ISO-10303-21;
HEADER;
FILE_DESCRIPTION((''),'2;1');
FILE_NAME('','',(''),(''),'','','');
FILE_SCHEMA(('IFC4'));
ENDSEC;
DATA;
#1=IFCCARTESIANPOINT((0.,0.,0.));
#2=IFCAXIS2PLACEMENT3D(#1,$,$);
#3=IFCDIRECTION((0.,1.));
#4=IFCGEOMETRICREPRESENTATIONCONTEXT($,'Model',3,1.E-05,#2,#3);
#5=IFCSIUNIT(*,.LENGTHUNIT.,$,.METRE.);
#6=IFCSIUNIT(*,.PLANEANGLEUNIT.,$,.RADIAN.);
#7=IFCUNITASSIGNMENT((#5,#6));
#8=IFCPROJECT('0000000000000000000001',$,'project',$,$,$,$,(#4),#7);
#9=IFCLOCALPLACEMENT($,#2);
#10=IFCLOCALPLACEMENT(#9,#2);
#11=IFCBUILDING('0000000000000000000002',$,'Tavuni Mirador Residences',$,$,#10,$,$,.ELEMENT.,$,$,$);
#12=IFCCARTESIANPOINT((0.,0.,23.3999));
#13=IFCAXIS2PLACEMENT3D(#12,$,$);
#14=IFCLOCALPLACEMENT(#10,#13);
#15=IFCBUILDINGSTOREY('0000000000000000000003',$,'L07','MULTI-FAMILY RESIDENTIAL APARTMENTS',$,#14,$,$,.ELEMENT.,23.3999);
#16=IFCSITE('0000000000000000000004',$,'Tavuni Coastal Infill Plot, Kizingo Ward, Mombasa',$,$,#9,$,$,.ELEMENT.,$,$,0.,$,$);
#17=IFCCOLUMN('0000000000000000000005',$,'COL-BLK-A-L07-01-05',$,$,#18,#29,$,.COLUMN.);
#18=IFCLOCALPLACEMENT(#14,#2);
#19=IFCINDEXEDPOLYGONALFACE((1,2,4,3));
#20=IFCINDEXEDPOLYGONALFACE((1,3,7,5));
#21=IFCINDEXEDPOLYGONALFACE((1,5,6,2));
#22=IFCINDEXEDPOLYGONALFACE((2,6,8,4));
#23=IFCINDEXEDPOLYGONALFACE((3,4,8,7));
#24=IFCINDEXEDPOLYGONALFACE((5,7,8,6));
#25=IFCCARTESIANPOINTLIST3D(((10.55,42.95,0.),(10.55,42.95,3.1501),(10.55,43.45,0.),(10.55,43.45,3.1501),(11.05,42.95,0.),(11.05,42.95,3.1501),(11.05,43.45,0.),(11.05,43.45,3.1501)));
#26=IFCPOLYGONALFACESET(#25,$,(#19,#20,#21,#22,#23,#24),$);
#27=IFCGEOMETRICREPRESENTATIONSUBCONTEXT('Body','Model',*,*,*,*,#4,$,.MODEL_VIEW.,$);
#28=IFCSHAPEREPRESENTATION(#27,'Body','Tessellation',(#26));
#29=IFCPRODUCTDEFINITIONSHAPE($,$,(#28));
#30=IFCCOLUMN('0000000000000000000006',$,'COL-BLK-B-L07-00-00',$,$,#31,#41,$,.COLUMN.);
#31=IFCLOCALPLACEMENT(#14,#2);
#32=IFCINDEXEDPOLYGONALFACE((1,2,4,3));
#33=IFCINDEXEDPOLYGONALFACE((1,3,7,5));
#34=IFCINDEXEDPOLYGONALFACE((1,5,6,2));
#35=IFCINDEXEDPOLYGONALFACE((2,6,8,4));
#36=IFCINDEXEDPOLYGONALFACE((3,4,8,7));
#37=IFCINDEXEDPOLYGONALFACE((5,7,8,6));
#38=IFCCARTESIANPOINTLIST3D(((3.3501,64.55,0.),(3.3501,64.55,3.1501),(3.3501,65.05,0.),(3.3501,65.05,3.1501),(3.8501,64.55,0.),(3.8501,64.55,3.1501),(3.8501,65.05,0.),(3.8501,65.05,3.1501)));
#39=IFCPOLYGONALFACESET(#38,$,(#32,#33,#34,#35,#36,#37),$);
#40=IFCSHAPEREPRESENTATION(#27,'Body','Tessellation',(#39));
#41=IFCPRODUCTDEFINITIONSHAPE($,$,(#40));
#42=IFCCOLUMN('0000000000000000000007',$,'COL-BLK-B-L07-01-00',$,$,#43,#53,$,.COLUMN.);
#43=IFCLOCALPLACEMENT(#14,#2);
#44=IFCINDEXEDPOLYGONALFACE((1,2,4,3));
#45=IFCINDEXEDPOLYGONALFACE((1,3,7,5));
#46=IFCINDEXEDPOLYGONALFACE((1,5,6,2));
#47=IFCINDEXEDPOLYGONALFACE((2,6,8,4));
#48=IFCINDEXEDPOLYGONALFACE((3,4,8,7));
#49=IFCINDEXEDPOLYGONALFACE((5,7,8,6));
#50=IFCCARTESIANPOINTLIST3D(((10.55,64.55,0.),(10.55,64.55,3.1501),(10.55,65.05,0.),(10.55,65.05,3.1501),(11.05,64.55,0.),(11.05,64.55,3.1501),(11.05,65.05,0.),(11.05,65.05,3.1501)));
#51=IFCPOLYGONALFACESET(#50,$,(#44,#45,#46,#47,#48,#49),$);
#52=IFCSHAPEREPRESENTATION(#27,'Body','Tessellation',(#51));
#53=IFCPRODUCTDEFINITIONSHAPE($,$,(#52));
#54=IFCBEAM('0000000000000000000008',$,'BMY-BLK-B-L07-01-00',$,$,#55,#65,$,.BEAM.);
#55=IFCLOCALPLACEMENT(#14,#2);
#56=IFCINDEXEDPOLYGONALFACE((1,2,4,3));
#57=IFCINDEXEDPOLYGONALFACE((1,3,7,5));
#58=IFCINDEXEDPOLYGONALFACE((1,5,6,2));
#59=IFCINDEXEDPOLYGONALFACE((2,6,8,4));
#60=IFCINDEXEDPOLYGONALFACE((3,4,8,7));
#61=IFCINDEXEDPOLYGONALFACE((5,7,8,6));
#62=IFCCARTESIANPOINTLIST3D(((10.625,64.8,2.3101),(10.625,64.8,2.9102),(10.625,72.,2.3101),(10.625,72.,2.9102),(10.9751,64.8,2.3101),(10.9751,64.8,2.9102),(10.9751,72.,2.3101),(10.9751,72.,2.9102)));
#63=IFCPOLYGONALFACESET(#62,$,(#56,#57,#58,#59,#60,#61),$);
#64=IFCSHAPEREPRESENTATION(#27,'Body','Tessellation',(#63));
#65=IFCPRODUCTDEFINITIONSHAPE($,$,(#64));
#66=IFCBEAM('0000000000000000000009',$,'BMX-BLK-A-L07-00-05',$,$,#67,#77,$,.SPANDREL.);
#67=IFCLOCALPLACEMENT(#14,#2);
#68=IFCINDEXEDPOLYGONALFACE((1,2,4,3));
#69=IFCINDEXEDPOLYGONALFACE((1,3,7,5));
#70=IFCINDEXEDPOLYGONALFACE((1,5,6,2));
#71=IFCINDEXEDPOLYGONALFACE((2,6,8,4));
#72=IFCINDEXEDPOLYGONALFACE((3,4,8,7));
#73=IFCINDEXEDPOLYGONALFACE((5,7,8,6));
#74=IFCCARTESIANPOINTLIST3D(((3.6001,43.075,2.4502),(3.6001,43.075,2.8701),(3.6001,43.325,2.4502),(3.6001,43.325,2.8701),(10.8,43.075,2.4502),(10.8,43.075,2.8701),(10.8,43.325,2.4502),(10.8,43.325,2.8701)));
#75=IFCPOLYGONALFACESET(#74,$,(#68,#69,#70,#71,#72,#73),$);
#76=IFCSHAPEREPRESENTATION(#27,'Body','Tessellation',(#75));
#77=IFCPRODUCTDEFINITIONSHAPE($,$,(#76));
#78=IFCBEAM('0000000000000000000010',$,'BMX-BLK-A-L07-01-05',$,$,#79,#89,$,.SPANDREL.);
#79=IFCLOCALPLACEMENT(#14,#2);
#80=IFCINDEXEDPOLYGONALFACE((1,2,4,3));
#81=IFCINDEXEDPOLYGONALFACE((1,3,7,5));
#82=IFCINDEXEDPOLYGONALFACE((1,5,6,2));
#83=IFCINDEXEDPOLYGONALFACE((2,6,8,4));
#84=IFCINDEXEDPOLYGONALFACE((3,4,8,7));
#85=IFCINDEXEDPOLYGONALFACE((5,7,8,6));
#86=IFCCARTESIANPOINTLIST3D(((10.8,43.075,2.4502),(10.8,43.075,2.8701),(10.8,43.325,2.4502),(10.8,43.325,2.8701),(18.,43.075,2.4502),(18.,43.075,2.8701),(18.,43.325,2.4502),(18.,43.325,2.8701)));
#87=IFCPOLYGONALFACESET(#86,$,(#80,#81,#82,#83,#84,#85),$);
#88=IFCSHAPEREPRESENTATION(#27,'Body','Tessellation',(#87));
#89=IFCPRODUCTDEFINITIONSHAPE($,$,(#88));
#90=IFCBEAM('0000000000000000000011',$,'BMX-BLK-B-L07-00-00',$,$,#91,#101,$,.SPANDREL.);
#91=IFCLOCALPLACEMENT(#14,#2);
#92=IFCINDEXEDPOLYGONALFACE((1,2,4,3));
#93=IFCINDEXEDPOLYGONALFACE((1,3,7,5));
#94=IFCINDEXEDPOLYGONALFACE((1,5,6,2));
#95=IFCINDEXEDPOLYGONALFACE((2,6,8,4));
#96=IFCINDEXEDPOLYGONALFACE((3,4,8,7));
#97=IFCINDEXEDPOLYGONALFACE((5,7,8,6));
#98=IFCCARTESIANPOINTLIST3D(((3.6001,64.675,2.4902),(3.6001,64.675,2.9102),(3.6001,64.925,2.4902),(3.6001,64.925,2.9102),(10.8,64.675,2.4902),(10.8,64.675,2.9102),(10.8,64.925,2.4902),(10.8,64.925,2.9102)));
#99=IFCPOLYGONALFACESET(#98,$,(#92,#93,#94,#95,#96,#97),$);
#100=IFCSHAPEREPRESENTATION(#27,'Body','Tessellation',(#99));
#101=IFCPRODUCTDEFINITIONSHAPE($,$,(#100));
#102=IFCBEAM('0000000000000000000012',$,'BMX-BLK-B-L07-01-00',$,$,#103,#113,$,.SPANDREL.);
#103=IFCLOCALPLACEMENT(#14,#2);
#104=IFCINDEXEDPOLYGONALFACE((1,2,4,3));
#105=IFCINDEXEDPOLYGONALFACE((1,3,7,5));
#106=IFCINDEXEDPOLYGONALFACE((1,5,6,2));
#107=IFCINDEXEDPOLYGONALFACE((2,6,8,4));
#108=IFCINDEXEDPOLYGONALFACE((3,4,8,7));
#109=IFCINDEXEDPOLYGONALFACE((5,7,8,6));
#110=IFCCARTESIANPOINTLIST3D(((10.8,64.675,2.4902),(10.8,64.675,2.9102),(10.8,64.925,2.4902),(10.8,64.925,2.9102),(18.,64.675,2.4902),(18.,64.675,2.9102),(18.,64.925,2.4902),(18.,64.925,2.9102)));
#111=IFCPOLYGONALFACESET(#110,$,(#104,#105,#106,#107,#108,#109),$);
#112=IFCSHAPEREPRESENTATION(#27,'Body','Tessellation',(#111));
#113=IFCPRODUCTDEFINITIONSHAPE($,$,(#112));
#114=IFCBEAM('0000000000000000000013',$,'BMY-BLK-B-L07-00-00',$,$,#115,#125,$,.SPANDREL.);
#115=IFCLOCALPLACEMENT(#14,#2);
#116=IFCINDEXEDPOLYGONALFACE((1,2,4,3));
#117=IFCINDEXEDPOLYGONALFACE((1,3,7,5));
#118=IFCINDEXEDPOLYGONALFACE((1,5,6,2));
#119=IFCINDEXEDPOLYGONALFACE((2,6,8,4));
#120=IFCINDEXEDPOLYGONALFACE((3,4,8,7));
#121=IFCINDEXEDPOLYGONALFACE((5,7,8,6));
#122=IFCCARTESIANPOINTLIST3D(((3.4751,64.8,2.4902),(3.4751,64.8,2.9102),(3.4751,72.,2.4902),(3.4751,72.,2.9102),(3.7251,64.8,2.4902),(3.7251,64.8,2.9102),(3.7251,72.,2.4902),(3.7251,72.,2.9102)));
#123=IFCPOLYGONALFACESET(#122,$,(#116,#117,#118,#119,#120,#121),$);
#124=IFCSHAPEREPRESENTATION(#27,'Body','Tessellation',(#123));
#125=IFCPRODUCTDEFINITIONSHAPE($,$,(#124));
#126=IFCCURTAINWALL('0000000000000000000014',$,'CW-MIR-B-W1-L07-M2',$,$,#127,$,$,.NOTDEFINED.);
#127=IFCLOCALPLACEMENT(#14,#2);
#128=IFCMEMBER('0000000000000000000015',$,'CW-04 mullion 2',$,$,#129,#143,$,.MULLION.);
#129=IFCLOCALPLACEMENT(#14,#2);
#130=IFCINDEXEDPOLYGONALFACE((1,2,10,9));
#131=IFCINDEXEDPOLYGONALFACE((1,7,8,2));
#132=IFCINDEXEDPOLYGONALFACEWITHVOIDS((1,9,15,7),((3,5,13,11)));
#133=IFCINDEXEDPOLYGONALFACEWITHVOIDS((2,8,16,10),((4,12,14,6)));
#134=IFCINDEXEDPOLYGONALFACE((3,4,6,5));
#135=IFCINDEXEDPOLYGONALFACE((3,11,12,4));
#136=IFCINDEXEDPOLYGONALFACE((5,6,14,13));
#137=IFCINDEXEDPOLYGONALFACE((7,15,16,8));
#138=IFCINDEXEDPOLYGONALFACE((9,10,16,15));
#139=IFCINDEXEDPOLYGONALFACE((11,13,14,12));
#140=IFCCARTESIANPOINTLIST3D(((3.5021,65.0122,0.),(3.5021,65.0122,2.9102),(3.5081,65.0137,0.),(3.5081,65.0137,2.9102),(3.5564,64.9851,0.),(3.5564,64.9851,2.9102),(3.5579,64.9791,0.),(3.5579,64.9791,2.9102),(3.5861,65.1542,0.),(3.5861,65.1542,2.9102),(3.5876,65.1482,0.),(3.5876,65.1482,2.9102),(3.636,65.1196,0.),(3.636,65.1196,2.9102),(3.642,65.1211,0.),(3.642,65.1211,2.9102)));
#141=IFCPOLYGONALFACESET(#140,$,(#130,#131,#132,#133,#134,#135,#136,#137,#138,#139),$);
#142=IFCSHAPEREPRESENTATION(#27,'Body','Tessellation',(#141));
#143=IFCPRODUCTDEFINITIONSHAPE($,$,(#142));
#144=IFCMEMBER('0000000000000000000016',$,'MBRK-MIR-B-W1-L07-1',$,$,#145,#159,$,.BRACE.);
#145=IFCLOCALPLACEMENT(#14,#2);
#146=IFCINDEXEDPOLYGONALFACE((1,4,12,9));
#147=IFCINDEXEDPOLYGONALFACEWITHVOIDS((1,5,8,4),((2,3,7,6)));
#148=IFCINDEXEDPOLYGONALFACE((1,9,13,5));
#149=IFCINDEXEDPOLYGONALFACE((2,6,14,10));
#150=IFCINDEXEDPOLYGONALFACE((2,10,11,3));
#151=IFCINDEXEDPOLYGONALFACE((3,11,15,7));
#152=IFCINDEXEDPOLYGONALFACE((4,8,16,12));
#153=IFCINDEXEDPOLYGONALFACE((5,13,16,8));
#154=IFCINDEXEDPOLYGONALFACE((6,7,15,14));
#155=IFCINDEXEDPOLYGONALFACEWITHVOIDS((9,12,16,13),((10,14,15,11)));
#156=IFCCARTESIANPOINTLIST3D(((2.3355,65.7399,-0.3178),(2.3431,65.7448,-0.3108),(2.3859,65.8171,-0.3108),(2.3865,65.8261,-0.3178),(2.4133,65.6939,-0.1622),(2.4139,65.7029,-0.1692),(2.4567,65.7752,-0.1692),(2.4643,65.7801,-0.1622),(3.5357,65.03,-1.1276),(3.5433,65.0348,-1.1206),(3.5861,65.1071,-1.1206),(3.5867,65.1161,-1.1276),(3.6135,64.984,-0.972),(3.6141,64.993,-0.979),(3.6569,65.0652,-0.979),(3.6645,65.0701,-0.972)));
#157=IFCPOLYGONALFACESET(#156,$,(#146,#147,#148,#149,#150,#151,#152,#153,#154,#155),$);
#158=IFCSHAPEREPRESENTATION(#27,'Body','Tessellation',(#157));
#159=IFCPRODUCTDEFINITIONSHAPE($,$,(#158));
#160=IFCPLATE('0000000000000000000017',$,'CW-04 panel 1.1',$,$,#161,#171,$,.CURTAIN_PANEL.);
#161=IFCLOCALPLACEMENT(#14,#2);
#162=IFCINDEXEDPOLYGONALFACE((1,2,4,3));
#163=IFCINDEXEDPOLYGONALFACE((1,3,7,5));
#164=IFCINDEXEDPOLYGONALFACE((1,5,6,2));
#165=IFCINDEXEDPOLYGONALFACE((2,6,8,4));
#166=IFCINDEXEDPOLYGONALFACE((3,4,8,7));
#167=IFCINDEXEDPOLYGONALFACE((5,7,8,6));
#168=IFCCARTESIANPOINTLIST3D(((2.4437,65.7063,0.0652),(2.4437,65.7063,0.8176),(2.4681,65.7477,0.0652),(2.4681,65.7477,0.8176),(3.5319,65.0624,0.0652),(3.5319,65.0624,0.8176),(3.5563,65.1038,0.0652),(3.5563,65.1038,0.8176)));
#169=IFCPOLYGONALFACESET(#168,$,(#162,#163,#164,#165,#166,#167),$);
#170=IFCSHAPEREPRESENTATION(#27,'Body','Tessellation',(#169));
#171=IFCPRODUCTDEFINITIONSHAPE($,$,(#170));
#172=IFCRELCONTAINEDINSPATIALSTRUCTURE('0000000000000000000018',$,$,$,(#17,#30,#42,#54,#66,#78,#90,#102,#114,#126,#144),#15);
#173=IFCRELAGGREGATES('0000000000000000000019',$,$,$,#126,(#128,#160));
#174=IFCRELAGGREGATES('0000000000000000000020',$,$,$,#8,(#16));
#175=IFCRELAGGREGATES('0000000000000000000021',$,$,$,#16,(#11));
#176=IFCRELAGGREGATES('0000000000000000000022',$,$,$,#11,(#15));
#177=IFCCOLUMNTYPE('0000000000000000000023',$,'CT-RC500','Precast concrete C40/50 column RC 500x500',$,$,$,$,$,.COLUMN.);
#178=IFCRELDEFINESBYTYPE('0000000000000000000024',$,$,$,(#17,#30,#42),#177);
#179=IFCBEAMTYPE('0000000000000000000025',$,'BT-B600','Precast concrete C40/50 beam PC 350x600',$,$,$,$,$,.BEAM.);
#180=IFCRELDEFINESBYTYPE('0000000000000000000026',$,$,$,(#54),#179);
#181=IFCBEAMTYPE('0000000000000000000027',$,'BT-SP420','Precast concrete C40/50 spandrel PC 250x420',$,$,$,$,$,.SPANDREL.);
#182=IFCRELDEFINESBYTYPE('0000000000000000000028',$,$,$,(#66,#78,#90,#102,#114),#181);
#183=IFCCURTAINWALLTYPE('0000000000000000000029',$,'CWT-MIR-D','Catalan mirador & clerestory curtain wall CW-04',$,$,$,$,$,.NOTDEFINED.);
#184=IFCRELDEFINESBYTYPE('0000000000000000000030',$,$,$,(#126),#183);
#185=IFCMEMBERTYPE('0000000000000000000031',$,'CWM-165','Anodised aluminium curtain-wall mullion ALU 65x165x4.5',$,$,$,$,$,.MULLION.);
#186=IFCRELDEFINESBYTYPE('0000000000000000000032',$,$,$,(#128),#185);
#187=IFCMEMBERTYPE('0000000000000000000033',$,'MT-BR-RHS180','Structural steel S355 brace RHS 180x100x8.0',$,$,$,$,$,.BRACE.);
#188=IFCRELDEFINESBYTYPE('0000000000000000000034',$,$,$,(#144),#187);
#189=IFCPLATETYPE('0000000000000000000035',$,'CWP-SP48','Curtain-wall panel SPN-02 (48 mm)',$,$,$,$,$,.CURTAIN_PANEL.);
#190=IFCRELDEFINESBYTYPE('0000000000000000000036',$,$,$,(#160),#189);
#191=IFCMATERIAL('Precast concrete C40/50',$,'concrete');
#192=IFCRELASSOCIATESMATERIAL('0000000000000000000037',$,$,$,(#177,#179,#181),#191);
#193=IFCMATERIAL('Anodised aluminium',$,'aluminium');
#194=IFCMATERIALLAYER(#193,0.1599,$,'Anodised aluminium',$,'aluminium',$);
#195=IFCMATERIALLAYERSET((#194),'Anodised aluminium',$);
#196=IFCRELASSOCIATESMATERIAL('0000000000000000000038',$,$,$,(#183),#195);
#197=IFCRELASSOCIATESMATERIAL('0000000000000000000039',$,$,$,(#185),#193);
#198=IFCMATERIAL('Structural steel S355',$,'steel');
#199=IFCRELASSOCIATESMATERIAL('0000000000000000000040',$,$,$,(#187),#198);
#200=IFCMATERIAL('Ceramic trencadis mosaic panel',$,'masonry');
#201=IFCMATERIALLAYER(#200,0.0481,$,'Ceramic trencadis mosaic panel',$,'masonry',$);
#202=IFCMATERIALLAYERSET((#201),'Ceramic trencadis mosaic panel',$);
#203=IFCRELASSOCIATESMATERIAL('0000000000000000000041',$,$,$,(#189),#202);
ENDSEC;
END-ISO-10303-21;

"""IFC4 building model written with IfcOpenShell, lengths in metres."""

from ifc_helpers import new_model, si_unit, direction, frame, origin, origin_2d, place, context, subcontext, project, spatial, rectangle, hollow_rectangle, extrude, material, layer, layer_set, material_profile, profile_set, type_object, element, aggregate, save


model = new_model("IFC4")

# Units and contexts
model_context = context("Model", 3, precision=1e-05, world=origin(), true_north=direction((0.0, 1.0)))
body_context = subcontext(model_context, "Body", "Model", "MODEL_VIEW")
ifc_project = project(units=[si_unit("LENGTHUNIT", "METRE"), si_unit("PLANEANGLEUNIT", "RADIAN")], contexts=[model_context])

# Site, building, storey
site_placement = place(None, origin())
site = spatial("IfcSite", under=ifc_project, at=site_placement, Name="Tavuni Coastal Infill Plot, Kizingo Ward, Mombasa", CompositionType="ELEMENT", RefElevation=0.0)
building_placement = place(site_placement, origin())
building = spatial("IfcBuilding", under=site, at=building_placement, Name="Tavuni Mirador Residences", CompositionType="ELEMENT")
storey_placement = place(building_placement, frame((0.0, 0.0, 23.3999)))
storey = spatial("IfcBuildingStorey", under=building, at=storey_placement, Name="L07", Description="MULTI-FAMILY RESIDENTIAL APARTMENTS", CompositionType="ELEMENT", Elevation=23.3999)

# Columns
ifc_material_1 = material(Name="Precast concrete C40/50", Category="concrete")
ifc_material_profile_1 = material_profile(ifc_material_1, rectangle(XDim=0.5, YDim=0.5, at=origin_2d()), Name="RC 500x500", Category="concrete")
ifc_profile_set_1 = profile_set([ifc_material_profile_1], Name="Precast concrete C40/50")
column_type = type_object("IfcColumnType", Name="CT-RC500", Description="Precast concrete C40/50 column RC 500x500", PredefinedType="COLUMN", material=ifc_profile_set_1)
for number, where, z_axis, x_axis, name in (
    (1, (10.8, 43.2, 0.0), (0.0, 0.0, 1.0), (1.0, 0.0, 0.0), "COL-BLK-A-L07-01-05"),
    (2, (3.6001, 64.8, 0.0), (0.0, 0.0, 1.0), (1.0, 0.0, 0.0), "COL-BLK-B-L07-00-00"),
    (3, (10.8, 64.8, 0.0), (0.0, 0.0, 1.0), (1.0, 0.0, 0.0), "COL-BLK-B-L07-01-00"),
):
    element("IfcColumn", number, at=place(storey_placement, frame(where, z_axis=z_axis, x_axis=x_axis)), inside=storey, type_object=column_type, Name=name, PredefinedType="COLUMN", context=body_context, shape_type="SweptSolid", body=[
        extrude(rectangle(XDim=0.5, YDim=0.5, at=origin_2d()), origin(), (0.0, 0.0, 1.0), 3.1501),
    ])

# Beams
ifc_material_profile_2 = material_profile(ifc_material_1, rectangle(XDim=0.3501, YDim=0.6001, at=origin_2d()), Name="PC 350x600", Category="concrete")
ifc_profile_set_2 = profile_set([ifc_material_profile_2], Name="Precast concrete C40/50")
beam_type_1 = type_object("IfcBeamType", Name="BT-B600", Description="Precast concrete C40/50 beam PC 350x600", PredefinedType="BEAM", material=ifc_profile_set_2)
beam_placement = place(storey_placement, frame((10.8, 64.8, 2.6101), z_axis=(0.0, 1.0, 0.0), x_axis=(-1.0, 0.0, 0.0)))
element("IfcBeam", 4, at=beam_placement, inside=storey, type_object=beam_type_1, Name="BMY-BLK-B-L07-01-00", PredefinedType="BEAM", context=body_context, shape_type="SweptSolid", body=[
    extrude(rectangle(XDim=0.3501, YDim=0.6001, at=origin_2d()), origin(), (0.0, 0.0, 1.0), 7.2),
])
ifc_material_profile_3 = material_profile(ifc_material_1, rectangle(XDim=0.25, YDim=0.4199, at=origin_2d()), Name="PC 250x420", Category="concrete")
ifc_profile_set_3 = profile_set([ifc_material_profile_3], Name="Precast concrete C40/50")
beam_type_2 = type_object("IfcBeamType", Name="BT-SP420", Description="Precast concrete C40/50 spandrel PC 250x420", PredefinedType="SPANDREL", material=ifc_profile_set_3)
for number, where, z_axis, x_axis, name in (
    (5, (3.6001, 43.2, 2.6602), (1.0, 0.0, 0.0), (0.0, 1.0, 0.0), "BMX-BLK-A-L07-00-05"),
    (6, (10.8, 43.2, 2.6602), (1.0, 0.0, 0.0), (0.0, 1.0, 0.0), "BMX-BLK-A-L07-01-05"),
    (7, (3.6001, 64.8, 2.7002), (1.0, 0.0, 0.0), (0.0, 1.0, 0.0), "BMX-BLK-B-L07-00-00"),
    (8, (10.8, 64.8, 2.7002), (1.0, 0.0, 0.0), (0.0, 1.0, 0.0), "BMX-BLK-B-L07-01-00"),
    (9, (3.6001, 64.8, 2.7002), (0.0, 1.0, 0.0), (-1.0, 0.0, 0.0), "BMY-BLK-B-L07-00-00"),
):
    element("IfcBeam", number, at=place(storey_placement, frame(where, z_axis=z_axis, x_axis=x_axis)), inside=storey, type_object=beam_type_2, Name=name, PredefinedType="SPANDREL", context=body_context, shape_type="SweptSolid", body=[
        extrude(rectangle(XDim=0.25, YDim=0.4199, at=origin_2d()), origin(), (0.0, 0.0, 1.0), 7.2),
    ])

# Curtain wall, member
ifc_material_2 = material(Name="Anodised aluminium", Category="aluminium")
ifc_layer_1 = layer(ifc_material_2, 0.1599, Name="Anodised aluminium", Category="aluminium")
ifc_layer_set_1 = layer_set([ifc_layer_1], Name="Anodised aluminium")
curtain_wall_type = type_object("IfcCurtainWallType", Name="CWT-MIR-D", Description="Catalan mirador & clerestory curtain wall CW-04", PredefinedType="NOTDEFINED", material=ifc_layer_set_1)
curtain_wall_placement = place(storey_placement, origin())
curtain_wall = element("IfcCurtainWall", 10, at=curtain_wall_placement, inside=storey, type_object=curtain_wall_type, Name="CW-MIR-B-W1-L07-M2", PredefinedType="NOTDEFINED")
ifc_material_profile_4 = material_profile(ifc_material_2, hollow_rectangle(XDim=0.0649, YDim=0.165, WallThickness=0.0044, at=origin_2d()), Name="ALU 65x165x4.5", Category="aluminium")
ifc_profile_set_4 = profile_set([ifc_material_profile_4], Name="Anodised aluminium")
member_type_1 = type_object("IfcMemberType", Name="CWM-165", Description="Anodised aluminium curtain-wall mullion ALU 65x165x4.5", PredefinedType="MULLION", material=ifc_profile_set_4)
member_1_placement = place(storey_placement, frame((3.572, 65.0667, 0.0), z_axis=(0.0, 0.0, 1.0), x_axis=(0.860641, -0.509212, 0.0)))
member_1 = element("IfcMember", 11, at=member_1_placement, type_object=member_type_1, Name="CW-04 mullion 2", PredefinedType="MULLION", context=body_context, shape_type="SweptSolid", body=[
    extrude(hollow_rectangle(XDim=0.0649, YDim=0.165, WallThickness=0.0044, at=origin_2d()), origin(), (0.0, 0.0, 1.0), 2.9102),
])

# Member
ifc_material_3 = material(Name="Structural steel S355", Category="steel")
ifc_material_profile_5 = material_profile(ifc_material_3, hollow_rectangle(XDim=0.1001, YDim=0.1799, WallThickness=0.0081, at=origin_2d()), Name="RHS 180x100x8.0", Category="steel")
ifc_profile_set_5 = profile_set([ifc_material_profile_5], Name="Structural steel S355")
member_type_2 = type_object("IfcMemberType", Name="MT-BR-RHS180", Description="Structural steel S355 brace RHS 180x100x8.0", PredefinedType="BRACE", material=ifc_profile_set_5)
member_2_placement = place(storey_placement, frame((3.6001, 65.05, -1.0498), z_axis=(-0.744285, 0.440273, 0.502195), x_axis=(-0.50913, -0.860689, 0.0)))
element("IfcMember", 12, at=member_2_placement, inside=storey, type_object=member_type_2, Name="MBRK-MIR-B-W1-L07-1", PredefinedType="BRACE", context=body_context, shape_type="SweptSolid", body=[
    extrude(hollow_rectangle(XDim=0.1001, YDim=0.1799, WallThickness=0.0081, at=origin_2d()), origin(), (0.0, 0.0, 1.0), 1.6125),
])

# Plate
ifc_material_4 = material(Name="Ceramic trencadis mosaic panel", Category="masonry")
ifc_layer_2 = layer(ifc_material_4, 0.0481, Name="Ceramic trencadis mosaic panel", Category="masonry")
ifc_layer_set_2 = layer_set([ifc_layer_2], Name="Ceramic trencadis mosaic panel")
plate_type = type_object("IfcPlateType", Name="CWP-SP48", Description="Curtain-wall panel SPN-02 (48 mm)", PredefinedType="CURTAIN_PANEL", material=ifc_layer_set_2)
plate_placement = place(storey_placement, frame((3.0, 65.405, 0.0652), z_axis=(0.0, 0.0, 1.0), x_axis=(0.860641, -0.509212, 0.0)))
plate = element("IfcPlate", 13, at=plate_placement, type_object=plate_type, Name="CW-04 panel 1.1", PredefinedType="CURTAIN_PANEL", context=body_context, shape_type="SweptSolid", body=[
    extrude(rectangle(XDim=1.2644, YDim=0.0481, at=origin_2d()), origin(), (0.0, 0.0, 1.0), 0.7524),
])
aggregate(curtain_wall, [member_1, plate])

save(model, "model.ifc")
